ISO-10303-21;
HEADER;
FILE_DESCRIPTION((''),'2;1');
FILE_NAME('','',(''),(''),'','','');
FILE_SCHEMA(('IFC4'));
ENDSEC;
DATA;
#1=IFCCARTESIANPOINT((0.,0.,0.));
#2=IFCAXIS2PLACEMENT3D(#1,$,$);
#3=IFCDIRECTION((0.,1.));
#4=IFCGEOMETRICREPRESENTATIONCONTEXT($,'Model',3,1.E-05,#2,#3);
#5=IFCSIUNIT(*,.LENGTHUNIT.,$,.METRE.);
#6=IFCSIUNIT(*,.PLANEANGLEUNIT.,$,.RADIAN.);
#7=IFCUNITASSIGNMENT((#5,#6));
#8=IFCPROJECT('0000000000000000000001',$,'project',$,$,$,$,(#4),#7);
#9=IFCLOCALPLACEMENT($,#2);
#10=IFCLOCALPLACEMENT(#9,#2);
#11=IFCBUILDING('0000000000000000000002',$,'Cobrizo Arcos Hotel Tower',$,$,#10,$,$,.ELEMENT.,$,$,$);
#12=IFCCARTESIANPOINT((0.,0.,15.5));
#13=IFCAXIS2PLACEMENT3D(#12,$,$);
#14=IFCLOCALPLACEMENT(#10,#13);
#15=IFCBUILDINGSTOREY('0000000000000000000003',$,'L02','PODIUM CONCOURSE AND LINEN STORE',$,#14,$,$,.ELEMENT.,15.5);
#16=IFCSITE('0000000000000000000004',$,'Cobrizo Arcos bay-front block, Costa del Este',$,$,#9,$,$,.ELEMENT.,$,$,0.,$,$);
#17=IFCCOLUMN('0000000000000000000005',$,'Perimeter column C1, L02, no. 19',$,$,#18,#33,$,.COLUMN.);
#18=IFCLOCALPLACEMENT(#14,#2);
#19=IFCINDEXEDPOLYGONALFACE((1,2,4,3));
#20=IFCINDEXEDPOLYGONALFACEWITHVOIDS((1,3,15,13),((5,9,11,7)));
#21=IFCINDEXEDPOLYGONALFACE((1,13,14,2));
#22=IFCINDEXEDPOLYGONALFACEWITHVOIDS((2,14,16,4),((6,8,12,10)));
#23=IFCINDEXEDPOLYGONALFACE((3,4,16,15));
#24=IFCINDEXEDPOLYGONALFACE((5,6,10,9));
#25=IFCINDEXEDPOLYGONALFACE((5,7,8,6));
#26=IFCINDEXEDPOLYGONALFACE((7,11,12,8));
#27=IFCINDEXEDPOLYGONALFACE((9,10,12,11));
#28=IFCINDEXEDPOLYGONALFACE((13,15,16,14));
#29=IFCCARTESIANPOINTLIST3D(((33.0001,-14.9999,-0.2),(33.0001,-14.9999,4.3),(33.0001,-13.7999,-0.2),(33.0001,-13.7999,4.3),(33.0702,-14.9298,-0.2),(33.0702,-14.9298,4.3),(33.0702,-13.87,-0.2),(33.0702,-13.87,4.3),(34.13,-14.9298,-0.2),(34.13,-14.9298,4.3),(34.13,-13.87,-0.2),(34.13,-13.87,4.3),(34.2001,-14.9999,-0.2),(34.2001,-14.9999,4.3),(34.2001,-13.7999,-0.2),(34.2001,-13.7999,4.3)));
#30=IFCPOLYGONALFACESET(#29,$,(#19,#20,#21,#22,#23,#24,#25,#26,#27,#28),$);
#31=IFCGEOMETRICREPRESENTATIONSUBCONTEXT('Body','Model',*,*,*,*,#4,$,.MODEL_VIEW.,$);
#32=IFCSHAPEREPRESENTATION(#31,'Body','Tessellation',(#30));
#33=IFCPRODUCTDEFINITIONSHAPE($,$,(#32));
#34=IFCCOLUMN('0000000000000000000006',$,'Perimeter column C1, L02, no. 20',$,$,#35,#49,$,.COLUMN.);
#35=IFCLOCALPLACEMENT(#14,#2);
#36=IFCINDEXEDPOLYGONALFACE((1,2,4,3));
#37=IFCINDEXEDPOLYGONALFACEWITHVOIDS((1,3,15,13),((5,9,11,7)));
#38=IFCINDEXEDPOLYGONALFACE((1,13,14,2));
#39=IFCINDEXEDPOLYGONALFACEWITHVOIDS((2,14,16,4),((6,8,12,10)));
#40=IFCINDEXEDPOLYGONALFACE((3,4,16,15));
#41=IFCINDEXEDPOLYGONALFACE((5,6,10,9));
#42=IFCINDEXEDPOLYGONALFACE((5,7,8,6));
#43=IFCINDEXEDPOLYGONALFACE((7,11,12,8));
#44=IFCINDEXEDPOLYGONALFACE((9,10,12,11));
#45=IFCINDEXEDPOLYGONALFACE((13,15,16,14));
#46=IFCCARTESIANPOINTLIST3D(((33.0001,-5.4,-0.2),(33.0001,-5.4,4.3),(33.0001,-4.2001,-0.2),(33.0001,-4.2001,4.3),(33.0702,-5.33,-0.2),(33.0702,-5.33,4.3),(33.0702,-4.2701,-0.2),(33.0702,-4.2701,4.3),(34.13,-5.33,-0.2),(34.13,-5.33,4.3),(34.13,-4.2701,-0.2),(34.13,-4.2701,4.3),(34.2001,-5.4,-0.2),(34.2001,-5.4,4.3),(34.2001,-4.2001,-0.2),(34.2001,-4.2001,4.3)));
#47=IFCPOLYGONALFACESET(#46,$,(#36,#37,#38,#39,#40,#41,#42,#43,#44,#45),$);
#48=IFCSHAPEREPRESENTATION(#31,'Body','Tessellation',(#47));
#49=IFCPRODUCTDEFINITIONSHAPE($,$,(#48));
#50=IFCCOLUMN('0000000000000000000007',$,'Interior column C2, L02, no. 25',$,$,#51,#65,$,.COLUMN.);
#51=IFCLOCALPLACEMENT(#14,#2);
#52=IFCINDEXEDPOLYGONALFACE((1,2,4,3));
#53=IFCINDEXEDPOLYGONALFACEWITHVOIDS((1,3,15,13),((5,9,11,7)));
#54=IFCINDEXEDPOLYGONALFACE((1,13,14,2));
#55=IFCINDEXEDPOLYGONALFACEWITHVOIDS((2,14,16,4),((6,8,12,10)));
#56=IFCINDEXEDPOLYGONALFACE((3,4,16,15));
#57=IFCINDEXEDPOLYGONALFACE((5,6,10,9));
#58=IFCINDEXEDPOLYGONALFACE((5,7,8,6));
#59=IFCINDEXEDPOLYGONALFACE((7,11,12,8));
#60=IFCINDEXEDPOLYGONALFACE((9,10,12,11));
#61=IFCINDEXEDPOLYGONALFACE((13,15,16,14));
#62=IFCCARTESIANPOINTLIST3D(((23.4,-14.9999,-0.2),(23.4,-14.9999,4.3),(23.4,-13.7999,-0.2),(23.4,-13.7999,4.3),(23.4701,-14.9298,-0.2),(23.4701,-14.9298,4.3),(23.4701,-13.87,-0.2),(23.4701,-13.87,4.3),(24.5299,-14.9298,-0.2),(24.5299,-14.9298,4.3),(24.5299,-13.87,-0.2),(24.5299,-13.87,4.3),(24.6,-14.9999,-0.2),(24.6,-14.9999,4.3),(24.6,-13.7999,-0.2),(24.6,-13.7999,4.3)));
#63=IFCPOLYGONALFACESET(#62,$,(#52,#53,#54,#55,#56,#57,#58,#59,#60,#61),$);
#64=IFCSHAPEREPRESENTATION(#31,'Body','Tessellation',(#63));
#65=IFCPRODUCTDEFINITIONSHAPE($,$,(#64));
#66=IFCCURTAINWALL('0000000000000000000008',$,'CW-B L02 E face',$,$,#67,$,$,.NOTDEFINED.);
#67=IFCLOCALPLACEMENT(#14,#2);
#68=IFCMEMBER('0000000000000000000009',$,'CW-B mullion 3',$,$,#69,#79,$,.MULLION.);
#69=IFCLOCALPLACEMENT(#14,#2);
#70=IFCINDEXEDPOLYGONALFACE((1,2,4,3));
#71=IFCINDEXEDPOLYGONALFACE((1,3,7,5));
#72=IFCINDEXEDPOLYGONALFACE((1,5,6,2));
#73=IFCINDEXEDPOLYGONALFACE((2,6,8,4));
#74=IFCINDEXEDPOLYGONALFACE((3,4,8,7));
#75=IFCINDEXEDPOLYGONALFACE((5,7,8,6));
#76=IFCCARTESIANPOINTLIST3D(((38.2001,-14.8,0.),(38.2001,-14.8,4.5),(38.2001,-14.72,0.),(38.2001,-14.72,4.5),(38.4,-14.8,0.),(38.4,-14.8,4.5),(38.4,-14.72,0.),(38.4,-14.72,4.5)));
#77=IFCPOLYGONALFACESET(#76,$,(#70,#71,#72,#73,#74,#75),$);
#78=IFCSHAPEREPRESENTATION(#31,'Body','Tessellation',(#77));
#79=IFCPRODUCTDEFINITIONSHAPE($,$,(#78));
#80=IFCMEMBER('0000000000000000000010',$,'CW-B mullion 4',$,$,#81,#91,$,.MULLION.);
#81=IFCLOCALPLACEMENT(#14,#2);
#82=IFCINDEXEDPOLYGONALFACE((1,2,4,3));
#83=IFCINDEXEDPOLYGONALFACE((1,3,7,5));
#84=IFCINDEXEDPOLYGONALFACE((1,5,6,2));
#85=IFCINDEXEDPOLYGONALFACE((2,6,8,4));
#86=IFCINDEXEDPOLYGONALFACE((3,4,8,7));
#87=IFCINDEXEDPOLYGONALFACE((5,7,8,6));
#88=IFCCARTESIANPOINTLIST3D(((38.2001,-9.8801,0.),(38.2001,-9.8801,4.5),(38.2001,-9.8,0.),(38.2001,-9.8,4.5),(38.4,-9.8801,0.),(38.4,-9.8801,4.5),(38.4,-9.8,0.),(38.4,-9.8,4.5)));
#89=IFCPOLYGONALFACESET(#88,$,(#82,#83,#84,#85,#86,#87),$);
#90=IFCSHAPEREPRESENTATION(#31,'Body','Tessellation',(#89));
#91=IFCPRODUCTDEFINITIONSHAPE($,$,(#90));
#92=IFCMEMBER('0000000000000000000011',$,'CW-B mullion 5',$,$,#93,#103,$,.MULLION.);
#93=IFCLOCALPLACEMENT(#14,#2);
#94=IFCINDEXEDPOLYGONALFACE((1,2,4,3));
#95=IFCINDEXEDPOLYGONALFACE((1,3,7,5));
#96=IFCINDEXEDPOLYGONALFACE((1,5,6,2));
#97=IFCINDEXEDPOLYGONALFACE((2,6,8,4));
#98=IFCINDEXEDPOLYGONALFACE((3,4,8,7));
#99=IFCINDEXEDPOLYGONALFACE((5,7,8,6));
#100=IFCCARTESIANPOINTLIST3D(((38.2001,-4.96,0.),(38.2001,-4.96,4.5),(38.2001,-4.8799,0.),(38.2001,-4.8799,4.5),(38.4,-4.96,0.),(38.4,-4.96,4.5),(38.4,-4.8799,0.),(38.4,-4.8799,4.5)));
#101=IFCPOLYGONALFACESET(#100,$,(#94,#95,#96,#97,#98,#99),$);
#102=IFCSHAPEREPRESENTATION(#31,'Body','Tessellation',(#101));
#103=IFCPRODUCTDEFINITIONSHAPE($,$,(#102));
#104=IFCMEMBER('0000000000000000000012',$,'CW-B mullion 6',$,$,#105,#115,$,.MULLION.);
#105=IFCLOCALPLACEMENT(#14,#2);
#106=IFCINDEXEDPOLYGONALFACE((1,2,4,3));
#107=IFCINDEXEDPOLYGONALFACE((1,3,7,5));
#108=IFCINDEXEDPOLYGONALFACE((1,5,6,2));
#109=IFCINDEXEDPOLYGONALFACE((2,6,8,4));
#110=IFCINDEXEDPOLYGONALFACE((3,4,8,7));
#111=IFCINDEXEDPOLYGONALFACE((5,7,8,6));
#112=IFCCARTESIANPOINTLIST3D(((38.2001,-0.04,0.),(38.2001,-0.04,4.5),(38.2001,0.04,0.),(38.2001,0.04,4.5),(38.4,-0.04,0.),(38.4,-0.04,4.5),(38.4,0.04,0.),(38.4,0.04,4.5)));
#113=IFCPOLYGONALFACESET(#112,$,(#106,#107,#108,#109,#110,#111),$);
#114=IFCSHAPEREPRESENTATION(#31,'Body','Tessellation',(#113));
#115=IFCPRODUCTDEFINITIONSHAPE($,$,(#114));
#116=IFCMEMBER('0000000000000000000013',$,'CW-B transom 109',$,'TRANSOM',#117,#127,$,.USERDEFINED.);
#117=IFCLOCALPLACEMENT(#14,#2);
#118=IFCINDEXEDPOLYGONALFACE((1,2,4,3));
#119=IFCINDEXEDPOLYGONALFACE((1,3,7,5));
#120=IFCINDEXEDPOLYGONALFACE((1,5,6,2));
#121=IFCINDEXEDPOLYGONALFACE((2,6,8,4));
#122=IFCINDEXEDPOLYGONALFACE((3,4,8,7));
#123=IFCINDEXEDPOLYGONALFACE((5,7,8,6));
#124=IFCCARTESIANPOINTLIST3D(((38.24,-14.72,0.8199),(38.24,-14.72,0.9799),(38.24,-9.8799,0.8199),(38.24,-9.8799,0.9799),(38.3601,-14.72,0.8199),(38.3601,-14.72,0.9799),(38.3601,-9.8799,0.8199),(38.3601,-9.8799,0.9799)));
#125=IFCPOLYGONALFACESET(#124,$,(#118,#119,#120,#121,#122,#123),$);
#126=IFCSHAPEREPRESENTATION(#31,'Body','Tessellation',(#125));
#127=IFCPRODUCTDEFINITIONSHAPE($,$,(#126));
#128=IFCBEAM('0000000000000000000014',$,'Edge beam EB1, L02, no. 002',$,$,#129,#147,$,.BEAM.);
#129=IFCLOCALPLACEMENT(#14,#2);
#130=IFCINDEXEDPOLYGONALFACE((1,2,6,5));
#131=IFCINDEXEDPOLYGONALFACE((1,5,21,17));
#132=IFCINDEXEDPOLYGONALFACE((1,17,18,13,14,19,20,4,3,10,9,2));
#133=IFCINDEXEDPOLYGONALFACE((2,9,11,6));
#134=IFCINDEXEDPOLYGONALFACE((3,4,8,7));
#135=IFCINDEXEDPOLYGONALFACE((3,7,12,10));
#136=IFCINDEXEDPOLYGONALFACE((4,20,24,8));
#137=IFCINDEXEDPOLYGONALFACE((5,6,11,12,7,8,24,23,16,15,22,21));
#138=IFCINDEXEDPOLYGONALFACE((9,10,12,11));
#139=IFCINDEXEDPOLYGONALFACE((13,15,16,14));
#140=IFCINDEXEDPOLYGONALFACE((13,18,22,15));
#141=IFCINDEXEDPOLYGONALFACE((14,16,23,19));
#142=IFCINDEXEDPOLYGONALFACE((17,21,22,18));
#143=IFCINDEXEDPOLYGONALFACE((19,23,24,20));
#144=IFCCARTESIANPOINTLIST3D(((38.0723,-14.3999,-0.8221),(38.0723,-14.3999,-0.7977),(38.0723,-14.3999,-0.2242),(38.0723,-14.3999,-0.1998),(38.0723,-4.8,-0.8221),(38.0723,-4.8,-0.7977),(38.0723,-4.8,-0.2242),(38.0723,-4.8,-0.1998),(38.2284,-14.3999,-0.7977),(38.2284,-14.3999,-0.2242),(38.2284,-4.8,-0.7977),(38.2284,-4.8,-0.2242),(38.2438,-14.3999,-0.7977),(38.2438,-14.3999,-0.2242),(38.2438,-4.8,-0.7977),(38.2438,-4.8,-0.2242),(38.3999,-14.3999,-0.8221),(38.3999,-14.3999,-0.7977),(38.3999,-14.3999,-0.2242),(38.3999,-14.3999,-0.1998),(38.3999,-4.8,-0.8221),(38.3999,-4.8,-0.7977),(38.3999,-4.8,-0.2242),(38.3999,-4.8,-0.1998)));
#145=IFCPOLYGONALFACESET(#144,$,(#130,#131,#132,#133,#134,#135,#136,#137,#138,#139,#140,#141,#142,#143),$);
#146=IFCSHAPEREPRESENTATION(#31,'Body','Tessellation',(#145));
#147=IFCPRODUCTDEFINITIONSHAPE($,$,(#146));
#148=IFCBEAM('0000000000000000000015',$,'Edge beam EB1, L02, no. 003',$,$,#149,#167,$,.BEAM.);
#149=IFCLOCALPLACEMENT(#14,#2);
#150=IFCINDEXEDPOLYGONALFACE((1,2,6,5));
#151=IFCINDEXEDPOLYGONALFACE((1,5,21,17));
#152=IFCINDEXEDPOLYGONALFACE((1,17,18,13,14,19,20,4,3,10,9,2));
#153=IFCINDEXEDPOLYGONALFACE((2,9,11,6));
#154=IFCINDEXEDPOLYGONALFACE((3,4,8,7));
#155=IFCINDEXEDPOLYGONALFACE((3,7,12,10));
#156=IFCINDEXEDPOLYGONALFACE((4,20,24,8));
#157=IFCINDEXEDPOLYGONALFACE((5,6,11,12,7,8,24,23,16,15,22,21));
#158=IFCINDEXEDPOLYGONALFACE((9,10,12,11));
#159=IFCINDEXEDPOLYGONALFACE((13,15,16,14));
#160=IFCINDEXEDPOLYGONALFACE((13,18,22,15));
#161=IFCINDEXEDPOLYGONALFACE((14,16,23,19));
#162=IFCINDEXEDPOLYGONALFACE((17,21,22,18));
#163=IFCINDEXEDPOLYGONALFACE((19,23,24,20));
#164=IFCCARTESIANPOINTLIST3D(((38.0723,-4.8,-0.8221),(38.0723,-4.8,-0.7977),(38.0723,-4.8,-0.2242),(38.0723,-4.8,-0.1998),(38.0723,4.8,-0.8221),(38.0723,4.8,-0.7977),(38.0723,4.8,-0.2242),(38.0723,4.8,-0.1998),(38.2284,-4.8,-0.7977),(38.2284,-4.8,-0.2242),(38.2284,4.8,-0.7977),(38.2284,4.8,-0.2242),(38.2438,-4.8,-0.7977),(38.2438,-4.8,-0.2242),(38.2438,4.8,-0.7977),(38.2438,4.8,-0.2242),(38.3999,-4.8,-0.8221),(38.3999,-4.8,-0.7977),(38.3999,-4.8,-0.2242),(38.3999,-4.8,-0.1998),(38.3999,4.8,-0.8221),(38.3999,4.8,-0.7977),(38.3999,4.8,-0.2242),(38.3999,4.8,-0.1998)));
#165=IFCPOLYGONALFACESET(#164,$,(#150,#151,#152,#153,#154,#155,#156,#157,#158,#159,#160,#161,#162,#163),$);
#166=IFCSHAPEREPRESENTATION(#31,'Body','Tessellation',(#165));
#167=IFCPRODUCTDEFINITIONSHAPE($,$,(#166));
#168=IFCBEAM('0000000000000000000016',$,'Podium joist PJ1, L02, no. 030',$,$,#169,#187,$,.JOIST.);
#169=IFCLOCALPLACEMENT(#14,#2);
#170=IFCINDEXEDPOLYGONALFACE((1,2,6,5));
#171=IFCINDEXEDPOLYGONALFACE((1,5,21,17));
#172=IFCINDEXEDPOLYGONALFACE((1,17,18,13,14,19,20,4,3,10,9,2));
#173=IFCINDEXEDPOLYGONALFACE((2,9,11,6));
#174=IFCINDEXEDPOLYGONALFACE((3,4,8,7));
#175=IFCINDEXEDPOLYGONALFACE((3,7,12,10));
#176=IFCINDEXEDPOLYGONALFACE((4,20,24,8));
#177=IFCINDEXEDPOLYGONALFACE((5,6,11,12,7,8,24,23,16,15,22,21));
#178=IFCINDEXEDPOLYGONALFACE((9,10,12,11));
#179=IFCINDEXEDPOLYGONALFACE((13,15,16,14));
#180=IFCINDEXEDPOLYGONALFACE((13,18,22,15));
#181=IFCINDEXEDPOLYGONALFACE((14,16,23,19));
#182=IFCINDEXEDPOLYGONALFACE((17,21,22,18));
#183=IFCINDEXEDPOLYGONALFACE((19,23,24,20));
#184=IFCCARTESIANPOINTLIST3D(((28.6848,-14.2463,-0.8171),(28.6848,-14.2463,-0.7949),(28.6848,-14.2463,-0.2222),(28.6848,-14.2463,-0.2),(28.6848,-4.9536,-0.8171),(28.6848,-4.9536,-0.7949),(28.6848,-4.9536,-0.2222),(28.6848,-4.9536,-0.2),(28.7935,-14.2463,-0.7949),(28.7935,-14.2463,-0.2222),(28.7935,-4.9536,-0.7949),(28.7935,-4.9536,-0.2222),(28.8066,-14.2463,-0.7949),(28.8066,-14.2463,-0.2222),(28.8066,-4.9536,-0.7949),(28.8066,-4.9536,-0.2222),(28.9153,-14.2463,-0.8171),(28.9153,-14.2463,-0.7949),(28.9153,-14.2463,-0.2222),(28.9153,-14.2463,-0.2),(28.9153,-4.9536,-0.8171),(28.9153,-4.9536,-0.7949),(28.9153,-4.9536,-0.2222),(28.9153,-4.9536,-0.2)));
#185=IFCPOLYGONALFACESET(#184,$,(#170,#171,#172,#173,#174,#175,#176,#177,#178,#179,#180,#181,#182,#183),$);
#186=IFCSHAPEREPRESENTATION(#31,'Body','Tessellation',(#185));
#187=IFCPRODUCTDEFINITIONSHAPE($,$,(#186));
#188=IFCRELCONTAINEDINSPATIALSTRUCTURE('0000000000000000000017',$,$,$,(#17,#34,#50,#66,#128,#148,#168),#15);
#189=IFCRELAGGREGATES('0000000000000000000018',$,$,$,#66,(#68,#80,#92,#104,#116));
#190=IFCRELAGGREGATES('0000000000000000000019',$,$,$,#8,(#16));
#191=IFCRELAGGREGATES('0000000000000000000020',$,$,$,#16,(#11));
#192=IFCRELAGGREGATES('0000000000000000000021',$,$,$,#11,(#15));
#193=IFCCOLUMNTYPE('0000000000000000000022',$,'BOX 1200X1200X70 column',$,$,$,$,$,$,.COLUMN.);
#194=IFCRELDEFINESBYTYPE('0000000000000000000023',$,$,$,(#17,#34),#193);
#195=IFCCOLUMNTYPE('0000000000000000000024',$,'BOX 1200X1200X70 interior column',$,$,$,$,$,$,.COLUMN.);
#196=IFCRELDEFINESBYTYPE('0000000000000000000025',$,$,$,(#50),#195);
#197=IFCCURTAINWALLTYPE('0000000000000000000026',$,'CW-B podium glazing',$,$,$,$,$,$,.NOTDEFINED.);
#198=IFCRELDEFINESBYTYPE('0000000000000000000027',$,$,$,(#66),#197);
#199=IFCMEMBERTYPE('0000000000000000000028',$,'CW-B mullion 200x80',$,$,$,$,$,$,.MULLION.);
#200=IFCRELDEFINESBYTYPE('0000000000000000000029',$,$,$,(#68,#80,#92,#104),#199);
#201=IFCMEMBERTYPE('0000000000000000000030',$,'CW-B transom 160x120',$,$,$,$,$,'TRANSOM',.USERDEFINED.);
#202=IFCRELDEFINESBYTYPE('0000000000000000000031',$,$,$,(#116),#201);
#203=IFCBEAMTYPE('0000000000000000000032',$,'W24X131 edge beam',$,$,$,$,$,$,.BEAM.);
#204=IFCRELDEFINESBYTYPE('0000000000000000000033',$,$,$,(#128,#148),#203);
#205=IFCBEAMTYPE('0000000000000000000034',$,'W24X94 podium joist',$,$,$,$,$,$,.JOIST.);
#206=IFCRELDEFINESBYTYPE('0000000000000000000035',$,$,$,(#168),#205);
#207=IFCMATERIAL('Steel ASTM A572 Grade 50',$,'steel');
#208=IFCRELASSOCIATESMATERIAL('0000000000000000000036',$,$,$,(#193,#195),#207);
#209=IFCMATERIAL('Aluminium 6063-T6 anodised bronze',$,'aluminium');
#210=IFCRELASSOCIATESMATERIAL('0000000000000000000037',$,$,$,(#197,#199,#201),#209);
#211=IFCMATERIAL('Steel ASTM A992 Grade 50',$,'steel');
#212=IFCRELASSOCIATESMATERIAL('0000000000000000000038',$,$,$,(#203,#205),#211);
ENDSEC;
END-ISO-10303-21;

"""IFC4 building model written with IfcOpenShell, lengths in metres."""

from ifc_helpers import new_model, si_unit, direction, frame, origin, origin_2d, place, context, subcontext, project, spatial, rectangle, hollow_rectangle, i_section, extrude, material, material_profile, profile_set, type_object, element, aggregate, save


model = new_model("IFC4")

# Units and contexts
model_context = context("Model", 3, precision=1e-05, world=origin(), true_north=direction((0.0, 1.0)))
body_context = subcontext(model_context, "Body", "Model", "MODEL_VIEW")
ifc_project = project(units=[si_unit("LENGTHUNIT", "METRE"), si_unit("PLANEANGLEUNIT", "RADIAN")], contexts=[model_context])

# Site, building, storey
site_placement = place(None, origin())
site = spatial("IfcSite", under=ifc_project, at=site_placement, Name="Cobrizo Arcos bay-front block, Costa del Este", CompositionType="ELEMENT", RefElevation=0.0)
building_placement = place(site_placement, origin())
building = spatial("IfcBuilding", under=site, at=building_placement, Name="Cobrizo Arcos Hotel Tower", CompositionType="ELEMENT")
storey_placement = place(building_placement, frame((0.0, 0.0, 15.5)))
storey = spatial("IfcBuildingStorey", under=building, at=storey_placement, Name="L02", Description="PODIUM CONCOURSE AND LINEN STORE", CompositionType="ELEMENT", Elevation=15.5)

# Columns
ifc_material_1 = material(Name="Steel ASTM A572 Grade 50", Category="steel")
ifc_material_profile_1 = material_profile(ifc_material_1, hollow_rectangle(XDim=1.2, YDim=1.2, WallThickness=0.0701, at=origin_2d()), Name="BOX 1200X1200X70")
ifc_profile_set_1 = profile_set([ifc_material_profile_1], Name="Steel ASTM A572 Grade 50")
column_type_1 = type_object("IfcColumnType", Name="BOX 1200X1200X70 column", PredefinedType="COLUMN", material=ifc_profile_set_1)
for number, where, z_axis, x_axis, name in (
    (1, (33.6001, -14.3999, -0.2), (0.0, 0.0, 1.0), (1.0, 0.0, 0.0), "Perimeter column C1, L02, no. 19"),
    (2, (33.6001, -4.8, -0.2), (0.0, 0.0, 1.0), (1.0, 0.0, 0.0), "Perimeter column C1, L02, no. 20"),
):
    element("IfcColumn", number, at=place(storey_placement, frame(where, z_axis=z_axis, x_axis=x_axis)), inside=storey, type_object=column_type_1, Name=name, PredefinedType="COLUMN", context=body_context, shape_type="SweptSolid", body=[
        extrude(hollow_rectangle(XDim=1.2, YDim=1.2, WallThickness=0.0701, at=origin_2d()), origin(), (0.0, 0.0, 1.0), 4.5),
    ])
ifc_material_profile_2 = material_profile(ifc_material_1, hollow_rectangle(XDim=1.2, YDim=1.2, WallThickness=0.0701, at=origin_2d()), Name="BOX 1200X1200X70")
ifc_profile_set_2 = profile_set([ifc_material_profile_2], Name="Steel ASTM A572 Grade 50")
column_type_2 = type_object("IfcColumnType", Name="BOX 1200X1200X70 interior column", PredefinedType="COLUMN", material=ifc_profile_set_2)
column_placement = place(storey_placement, frame((24.0, -14.3999, -0.2), z_axis=(0.0, 0.0, 1.0), x_axis=(1.0, 0.0, 0.0)))
element("IfcColumn", 3, at=column_placement, inside=storey, type_object=column_type_2, Name="Interior column C2, L02, no. 25", PredefinedType="COLUMN", context=body_context, shape_type="SweptSolid", body=[
    extrude(hollow_rectangle(XDim=1.2, YDim=1.2, WallThickness=0.0701, at=origin_2d()), origin(), (0.0, 0.0, 1.0), 4.5),
])

# Curtain wall, members
ifc_material_2 = material(Name="Aluminium 6063-T6 anodised bronze", Category="aluminium")
curtain_wall_type = type_object("IfcCurtainWallType", Name="CW-B podium glazing", PredefinedType="NOTDEFINED", material=ifc_material_2)
curtain_wall_placement = place(storey_placement, origin())
curtain_wall = element("IfcCurtainWall", 4, at=curtain_wall_placement, inside=storey, type_object=curtain_wall_type, Name="CW-B L02 E face", PredefinedType="NOTDEFINED")
ifc_material_profile_3 = material_profile(ifc_material_2, rectangle(XDim=0.2, YDim=0.0801, at=origin_2d()), Name="CW-B mullion 200x80")
ifc_profile_set_3 = profile_set([ifc_material_profile_3], Name="Aluminium 6063-T6 anodised bronze")
member_type_1 = type_object("IfcMemberType", Name="CW-B mullion 200x80", PredefinedType="MULLION", material=ifc_profile_set_3)
member_1_placement = place(storey_placement, frame((38.3, -14.76, 0.0), z_axis=(0.0, 0.0, 1.0), x_axis=(1.0, 0.0, 0.0)))
member_1 = element("IfcMember", 5, at=member_1_placement, type_object=member_type_1, Name="CW-B mullion 3", PredefinedType="MULLION", context=body_context, shape_type="SweptSolid", body=[
    extrude(rectangle(XDim=0.2, YDim=0.0801, at=origin_2d()), origin(), (0.0, 0.0, 1.0), 4.5),
])
member_2_placement = place(storey_placement, frame((38.3, -9.8401, 0.0), z_axis=(0.0, 0.0, 1.0), x_axis=(1.0, 0.0, 0.0)))
member_2 = element("IfcMember", 6, at=member_2_placement, type_object=member_type_1, Name="CW-B mullion 4", PredefinedType="MULLION", context=body_context, shape_type="SweptSolid", body=[
    extrude(rectangle(XDim=0.2, YDim=0.0801, at=origin_2d()), origin(), (0.0, 0.0, 1.0), 4.5),
])
member_3_placement = place(storey_placement, frame((38.3, -4.9199, 0.0), z_axis=(0.0, 0.0, 1.0), x_axis=(1.0, 0.0, 0.0)))
member_3 = element("IfcMember", 7, at=member_3_placement, type_object=member_type_1, Name="CW-B mullion 5", PredefinedType="MULLION", context=body_context, shape_type="SweptSolid", body=[
    extrude(rectangle(XDim=0.2, YDim=0.0801, at=origin_2d()), origin(), (0.0, 0.0, 1.0), 4.5),
])
member_4_placement = place(storey_placement, frame((38.3, 0.0, 0.0), z_axis=(0.0, 0.0, 1.0), x_axis=(1.0, 0.0, 0.0)))
member_4 = element("IfcMember", 8, at=member_4_placement, type_object=member_type_1, Name="CW-B mullion 6", PredefinedType="MULLION", context=body_context, shape_type="SweptSolid", body=[
    extrude(rectangle(XDim=0.2, YDim=0.0801, at=origin_2d()), origin(), (0.0, 0.0, 1.0), 4.5),
])
ifc_material_profile_4 = material_profile(ifc_material_2, rectangle(XDim=0.1201, YDim=0.1599, at=origin_2d()), Name="CW-B transom 160x120")
ifc_profile_set_4 = profile_set([ifc_material_profile_4], Name="Aluminium 6063-T6 anodised bronze")
member_type_2 = type_object("IfcMemberType", Name="CW-B transom 160x120", ElementType="TRANSOM", PredefinedType="USERDEFINED", material=ifc_profile_set_4)
member_5_placement = place(storey_placement, frame((38.3, -14.72, 0.8999), z_axis=(0.0, 1.0, 0.0), x_axis=(-1.0, 0.0, 0.0)))
member_5 = element("IfcMember", 9, at=member_5_placement, type_object=member_type_2, Name="CW-B transom 109", ObjectType="TRANSOM", PredefinedType="USERDEFINED", context=body_context, shape_type="SweptSolid", body=[
    extrude(rectangle(XDim=0.1201, YDim=0.1599, at=origin_2d()), origin(), (0.0, 0.0, 1.0), 4.8401),
])

# Beams
ifc_material_3 = material(Name="Steel ASTM A992 Grade 50", Category="steel")
ifc_material_profile_5 = material_profile(ifc_material_3, i_section(OverallWidth=0.3276, OverallDepth=0.6223, WebThickness=0.0154, FlangeThickness=0.0244, at=origin_2d()), Name="W24X131")
ifc_profile_set_5 = profile_set([ifc_material_profile_5], Name="Steel ASTM A992 Grade 50")
beam_type_1 = type_object("IfcBeamType", Name="W24X131 edge beam", PredefinedType="BEAM", material=ifc_profile_set_5)
beam_1_placement = place(storey_placement, frame((38.2361, -14.3999, -0.511), z_axis=(0.0, 1.0, 0.0), x_axis=(-1.0, 0.0, 0.0)))
element("IfcBeam", 10, at=beam_1_placement, inside=storey, type_object=beam_type_1, Name="Edge beam EB1, L02, no. 002", PredefinedType="BEAM", context=body_context, shape_type="SweptSolid", body=[
    extrude(i_section(OverallWidth=0.3276, OverallDepth=0.6223, WebThickness=0.0154, FlangeThickness=0.0244, at=origin_2d()), origin(), (0.0, 0.0, 1.0), 9.5999),
])
beam_2_placement = place(storey_placement, frame((38.2361, -4.8, -0.511), z_axis=(0.0, 1.0, 0.0), x_axis=(-1.0, 0.0, 0.0)))
element("IfcBeam", 11, at=beam_2_placement, inside=storey, type_object=beam_type_1, Name="Edge beam EB1, L02, no. 003", PredefinedType="BEAM", context=body_context, shape_type="SweptSolid", body=[
    extrude(i_section(OverallWidth=0.3276, OverallDepth=0.6223, WebThickness=0.0154, FlangeThickness=0.0244, at=origin_2d()), origin(), (0.0, 0.0, 1.0), 9.6001),
])
ifc_material_profile_6 = material_profile(ifc_material_3, i_section(OverallWidth=0.2305, OverallDepth=0.6172, WebThickness=0.0132, FlangeThickness=0.0222, at=origin_2d()), Name="W24X94")
ifc_profile_set_6 = profile_set([ifc_material_profile_6], Name="Steel ASTM A992 Grade 50")
beam_type_2 = type_object("IfcBeamType", Name="W24X94 podium joist", PredefinedType="JOIST", material=ifc_profile_set_6)
beam_3_placement = place(storey_placement, frame((28.8, -14.2463, -0.5085), z_axis=(0.0, 1.0, 0.0), x_axis=(-1.0, 0.0, 0.0)))
element("IfcBeam", 12, at=beam_3_placement, inside=storey, type_object=beam_type_2, Name="Podium joist PJ1, L02, no. 030", PredefinedType="JOIST", context=body_context, shape_type="SweptSolid", body=[
    extrude(i_section(OverallWidth=0.2305, OverallDepth=0.6172, WebThickness=0.0132, FlangeThickness=0.0222, at=origin_2d()), origin(), (0.0, 0.0, 1.0), 9.2927),
])

aggregate(curtain_wall, [member_1, member_2, member_3, member_4, member_5])

save(model, "model.ifc")
